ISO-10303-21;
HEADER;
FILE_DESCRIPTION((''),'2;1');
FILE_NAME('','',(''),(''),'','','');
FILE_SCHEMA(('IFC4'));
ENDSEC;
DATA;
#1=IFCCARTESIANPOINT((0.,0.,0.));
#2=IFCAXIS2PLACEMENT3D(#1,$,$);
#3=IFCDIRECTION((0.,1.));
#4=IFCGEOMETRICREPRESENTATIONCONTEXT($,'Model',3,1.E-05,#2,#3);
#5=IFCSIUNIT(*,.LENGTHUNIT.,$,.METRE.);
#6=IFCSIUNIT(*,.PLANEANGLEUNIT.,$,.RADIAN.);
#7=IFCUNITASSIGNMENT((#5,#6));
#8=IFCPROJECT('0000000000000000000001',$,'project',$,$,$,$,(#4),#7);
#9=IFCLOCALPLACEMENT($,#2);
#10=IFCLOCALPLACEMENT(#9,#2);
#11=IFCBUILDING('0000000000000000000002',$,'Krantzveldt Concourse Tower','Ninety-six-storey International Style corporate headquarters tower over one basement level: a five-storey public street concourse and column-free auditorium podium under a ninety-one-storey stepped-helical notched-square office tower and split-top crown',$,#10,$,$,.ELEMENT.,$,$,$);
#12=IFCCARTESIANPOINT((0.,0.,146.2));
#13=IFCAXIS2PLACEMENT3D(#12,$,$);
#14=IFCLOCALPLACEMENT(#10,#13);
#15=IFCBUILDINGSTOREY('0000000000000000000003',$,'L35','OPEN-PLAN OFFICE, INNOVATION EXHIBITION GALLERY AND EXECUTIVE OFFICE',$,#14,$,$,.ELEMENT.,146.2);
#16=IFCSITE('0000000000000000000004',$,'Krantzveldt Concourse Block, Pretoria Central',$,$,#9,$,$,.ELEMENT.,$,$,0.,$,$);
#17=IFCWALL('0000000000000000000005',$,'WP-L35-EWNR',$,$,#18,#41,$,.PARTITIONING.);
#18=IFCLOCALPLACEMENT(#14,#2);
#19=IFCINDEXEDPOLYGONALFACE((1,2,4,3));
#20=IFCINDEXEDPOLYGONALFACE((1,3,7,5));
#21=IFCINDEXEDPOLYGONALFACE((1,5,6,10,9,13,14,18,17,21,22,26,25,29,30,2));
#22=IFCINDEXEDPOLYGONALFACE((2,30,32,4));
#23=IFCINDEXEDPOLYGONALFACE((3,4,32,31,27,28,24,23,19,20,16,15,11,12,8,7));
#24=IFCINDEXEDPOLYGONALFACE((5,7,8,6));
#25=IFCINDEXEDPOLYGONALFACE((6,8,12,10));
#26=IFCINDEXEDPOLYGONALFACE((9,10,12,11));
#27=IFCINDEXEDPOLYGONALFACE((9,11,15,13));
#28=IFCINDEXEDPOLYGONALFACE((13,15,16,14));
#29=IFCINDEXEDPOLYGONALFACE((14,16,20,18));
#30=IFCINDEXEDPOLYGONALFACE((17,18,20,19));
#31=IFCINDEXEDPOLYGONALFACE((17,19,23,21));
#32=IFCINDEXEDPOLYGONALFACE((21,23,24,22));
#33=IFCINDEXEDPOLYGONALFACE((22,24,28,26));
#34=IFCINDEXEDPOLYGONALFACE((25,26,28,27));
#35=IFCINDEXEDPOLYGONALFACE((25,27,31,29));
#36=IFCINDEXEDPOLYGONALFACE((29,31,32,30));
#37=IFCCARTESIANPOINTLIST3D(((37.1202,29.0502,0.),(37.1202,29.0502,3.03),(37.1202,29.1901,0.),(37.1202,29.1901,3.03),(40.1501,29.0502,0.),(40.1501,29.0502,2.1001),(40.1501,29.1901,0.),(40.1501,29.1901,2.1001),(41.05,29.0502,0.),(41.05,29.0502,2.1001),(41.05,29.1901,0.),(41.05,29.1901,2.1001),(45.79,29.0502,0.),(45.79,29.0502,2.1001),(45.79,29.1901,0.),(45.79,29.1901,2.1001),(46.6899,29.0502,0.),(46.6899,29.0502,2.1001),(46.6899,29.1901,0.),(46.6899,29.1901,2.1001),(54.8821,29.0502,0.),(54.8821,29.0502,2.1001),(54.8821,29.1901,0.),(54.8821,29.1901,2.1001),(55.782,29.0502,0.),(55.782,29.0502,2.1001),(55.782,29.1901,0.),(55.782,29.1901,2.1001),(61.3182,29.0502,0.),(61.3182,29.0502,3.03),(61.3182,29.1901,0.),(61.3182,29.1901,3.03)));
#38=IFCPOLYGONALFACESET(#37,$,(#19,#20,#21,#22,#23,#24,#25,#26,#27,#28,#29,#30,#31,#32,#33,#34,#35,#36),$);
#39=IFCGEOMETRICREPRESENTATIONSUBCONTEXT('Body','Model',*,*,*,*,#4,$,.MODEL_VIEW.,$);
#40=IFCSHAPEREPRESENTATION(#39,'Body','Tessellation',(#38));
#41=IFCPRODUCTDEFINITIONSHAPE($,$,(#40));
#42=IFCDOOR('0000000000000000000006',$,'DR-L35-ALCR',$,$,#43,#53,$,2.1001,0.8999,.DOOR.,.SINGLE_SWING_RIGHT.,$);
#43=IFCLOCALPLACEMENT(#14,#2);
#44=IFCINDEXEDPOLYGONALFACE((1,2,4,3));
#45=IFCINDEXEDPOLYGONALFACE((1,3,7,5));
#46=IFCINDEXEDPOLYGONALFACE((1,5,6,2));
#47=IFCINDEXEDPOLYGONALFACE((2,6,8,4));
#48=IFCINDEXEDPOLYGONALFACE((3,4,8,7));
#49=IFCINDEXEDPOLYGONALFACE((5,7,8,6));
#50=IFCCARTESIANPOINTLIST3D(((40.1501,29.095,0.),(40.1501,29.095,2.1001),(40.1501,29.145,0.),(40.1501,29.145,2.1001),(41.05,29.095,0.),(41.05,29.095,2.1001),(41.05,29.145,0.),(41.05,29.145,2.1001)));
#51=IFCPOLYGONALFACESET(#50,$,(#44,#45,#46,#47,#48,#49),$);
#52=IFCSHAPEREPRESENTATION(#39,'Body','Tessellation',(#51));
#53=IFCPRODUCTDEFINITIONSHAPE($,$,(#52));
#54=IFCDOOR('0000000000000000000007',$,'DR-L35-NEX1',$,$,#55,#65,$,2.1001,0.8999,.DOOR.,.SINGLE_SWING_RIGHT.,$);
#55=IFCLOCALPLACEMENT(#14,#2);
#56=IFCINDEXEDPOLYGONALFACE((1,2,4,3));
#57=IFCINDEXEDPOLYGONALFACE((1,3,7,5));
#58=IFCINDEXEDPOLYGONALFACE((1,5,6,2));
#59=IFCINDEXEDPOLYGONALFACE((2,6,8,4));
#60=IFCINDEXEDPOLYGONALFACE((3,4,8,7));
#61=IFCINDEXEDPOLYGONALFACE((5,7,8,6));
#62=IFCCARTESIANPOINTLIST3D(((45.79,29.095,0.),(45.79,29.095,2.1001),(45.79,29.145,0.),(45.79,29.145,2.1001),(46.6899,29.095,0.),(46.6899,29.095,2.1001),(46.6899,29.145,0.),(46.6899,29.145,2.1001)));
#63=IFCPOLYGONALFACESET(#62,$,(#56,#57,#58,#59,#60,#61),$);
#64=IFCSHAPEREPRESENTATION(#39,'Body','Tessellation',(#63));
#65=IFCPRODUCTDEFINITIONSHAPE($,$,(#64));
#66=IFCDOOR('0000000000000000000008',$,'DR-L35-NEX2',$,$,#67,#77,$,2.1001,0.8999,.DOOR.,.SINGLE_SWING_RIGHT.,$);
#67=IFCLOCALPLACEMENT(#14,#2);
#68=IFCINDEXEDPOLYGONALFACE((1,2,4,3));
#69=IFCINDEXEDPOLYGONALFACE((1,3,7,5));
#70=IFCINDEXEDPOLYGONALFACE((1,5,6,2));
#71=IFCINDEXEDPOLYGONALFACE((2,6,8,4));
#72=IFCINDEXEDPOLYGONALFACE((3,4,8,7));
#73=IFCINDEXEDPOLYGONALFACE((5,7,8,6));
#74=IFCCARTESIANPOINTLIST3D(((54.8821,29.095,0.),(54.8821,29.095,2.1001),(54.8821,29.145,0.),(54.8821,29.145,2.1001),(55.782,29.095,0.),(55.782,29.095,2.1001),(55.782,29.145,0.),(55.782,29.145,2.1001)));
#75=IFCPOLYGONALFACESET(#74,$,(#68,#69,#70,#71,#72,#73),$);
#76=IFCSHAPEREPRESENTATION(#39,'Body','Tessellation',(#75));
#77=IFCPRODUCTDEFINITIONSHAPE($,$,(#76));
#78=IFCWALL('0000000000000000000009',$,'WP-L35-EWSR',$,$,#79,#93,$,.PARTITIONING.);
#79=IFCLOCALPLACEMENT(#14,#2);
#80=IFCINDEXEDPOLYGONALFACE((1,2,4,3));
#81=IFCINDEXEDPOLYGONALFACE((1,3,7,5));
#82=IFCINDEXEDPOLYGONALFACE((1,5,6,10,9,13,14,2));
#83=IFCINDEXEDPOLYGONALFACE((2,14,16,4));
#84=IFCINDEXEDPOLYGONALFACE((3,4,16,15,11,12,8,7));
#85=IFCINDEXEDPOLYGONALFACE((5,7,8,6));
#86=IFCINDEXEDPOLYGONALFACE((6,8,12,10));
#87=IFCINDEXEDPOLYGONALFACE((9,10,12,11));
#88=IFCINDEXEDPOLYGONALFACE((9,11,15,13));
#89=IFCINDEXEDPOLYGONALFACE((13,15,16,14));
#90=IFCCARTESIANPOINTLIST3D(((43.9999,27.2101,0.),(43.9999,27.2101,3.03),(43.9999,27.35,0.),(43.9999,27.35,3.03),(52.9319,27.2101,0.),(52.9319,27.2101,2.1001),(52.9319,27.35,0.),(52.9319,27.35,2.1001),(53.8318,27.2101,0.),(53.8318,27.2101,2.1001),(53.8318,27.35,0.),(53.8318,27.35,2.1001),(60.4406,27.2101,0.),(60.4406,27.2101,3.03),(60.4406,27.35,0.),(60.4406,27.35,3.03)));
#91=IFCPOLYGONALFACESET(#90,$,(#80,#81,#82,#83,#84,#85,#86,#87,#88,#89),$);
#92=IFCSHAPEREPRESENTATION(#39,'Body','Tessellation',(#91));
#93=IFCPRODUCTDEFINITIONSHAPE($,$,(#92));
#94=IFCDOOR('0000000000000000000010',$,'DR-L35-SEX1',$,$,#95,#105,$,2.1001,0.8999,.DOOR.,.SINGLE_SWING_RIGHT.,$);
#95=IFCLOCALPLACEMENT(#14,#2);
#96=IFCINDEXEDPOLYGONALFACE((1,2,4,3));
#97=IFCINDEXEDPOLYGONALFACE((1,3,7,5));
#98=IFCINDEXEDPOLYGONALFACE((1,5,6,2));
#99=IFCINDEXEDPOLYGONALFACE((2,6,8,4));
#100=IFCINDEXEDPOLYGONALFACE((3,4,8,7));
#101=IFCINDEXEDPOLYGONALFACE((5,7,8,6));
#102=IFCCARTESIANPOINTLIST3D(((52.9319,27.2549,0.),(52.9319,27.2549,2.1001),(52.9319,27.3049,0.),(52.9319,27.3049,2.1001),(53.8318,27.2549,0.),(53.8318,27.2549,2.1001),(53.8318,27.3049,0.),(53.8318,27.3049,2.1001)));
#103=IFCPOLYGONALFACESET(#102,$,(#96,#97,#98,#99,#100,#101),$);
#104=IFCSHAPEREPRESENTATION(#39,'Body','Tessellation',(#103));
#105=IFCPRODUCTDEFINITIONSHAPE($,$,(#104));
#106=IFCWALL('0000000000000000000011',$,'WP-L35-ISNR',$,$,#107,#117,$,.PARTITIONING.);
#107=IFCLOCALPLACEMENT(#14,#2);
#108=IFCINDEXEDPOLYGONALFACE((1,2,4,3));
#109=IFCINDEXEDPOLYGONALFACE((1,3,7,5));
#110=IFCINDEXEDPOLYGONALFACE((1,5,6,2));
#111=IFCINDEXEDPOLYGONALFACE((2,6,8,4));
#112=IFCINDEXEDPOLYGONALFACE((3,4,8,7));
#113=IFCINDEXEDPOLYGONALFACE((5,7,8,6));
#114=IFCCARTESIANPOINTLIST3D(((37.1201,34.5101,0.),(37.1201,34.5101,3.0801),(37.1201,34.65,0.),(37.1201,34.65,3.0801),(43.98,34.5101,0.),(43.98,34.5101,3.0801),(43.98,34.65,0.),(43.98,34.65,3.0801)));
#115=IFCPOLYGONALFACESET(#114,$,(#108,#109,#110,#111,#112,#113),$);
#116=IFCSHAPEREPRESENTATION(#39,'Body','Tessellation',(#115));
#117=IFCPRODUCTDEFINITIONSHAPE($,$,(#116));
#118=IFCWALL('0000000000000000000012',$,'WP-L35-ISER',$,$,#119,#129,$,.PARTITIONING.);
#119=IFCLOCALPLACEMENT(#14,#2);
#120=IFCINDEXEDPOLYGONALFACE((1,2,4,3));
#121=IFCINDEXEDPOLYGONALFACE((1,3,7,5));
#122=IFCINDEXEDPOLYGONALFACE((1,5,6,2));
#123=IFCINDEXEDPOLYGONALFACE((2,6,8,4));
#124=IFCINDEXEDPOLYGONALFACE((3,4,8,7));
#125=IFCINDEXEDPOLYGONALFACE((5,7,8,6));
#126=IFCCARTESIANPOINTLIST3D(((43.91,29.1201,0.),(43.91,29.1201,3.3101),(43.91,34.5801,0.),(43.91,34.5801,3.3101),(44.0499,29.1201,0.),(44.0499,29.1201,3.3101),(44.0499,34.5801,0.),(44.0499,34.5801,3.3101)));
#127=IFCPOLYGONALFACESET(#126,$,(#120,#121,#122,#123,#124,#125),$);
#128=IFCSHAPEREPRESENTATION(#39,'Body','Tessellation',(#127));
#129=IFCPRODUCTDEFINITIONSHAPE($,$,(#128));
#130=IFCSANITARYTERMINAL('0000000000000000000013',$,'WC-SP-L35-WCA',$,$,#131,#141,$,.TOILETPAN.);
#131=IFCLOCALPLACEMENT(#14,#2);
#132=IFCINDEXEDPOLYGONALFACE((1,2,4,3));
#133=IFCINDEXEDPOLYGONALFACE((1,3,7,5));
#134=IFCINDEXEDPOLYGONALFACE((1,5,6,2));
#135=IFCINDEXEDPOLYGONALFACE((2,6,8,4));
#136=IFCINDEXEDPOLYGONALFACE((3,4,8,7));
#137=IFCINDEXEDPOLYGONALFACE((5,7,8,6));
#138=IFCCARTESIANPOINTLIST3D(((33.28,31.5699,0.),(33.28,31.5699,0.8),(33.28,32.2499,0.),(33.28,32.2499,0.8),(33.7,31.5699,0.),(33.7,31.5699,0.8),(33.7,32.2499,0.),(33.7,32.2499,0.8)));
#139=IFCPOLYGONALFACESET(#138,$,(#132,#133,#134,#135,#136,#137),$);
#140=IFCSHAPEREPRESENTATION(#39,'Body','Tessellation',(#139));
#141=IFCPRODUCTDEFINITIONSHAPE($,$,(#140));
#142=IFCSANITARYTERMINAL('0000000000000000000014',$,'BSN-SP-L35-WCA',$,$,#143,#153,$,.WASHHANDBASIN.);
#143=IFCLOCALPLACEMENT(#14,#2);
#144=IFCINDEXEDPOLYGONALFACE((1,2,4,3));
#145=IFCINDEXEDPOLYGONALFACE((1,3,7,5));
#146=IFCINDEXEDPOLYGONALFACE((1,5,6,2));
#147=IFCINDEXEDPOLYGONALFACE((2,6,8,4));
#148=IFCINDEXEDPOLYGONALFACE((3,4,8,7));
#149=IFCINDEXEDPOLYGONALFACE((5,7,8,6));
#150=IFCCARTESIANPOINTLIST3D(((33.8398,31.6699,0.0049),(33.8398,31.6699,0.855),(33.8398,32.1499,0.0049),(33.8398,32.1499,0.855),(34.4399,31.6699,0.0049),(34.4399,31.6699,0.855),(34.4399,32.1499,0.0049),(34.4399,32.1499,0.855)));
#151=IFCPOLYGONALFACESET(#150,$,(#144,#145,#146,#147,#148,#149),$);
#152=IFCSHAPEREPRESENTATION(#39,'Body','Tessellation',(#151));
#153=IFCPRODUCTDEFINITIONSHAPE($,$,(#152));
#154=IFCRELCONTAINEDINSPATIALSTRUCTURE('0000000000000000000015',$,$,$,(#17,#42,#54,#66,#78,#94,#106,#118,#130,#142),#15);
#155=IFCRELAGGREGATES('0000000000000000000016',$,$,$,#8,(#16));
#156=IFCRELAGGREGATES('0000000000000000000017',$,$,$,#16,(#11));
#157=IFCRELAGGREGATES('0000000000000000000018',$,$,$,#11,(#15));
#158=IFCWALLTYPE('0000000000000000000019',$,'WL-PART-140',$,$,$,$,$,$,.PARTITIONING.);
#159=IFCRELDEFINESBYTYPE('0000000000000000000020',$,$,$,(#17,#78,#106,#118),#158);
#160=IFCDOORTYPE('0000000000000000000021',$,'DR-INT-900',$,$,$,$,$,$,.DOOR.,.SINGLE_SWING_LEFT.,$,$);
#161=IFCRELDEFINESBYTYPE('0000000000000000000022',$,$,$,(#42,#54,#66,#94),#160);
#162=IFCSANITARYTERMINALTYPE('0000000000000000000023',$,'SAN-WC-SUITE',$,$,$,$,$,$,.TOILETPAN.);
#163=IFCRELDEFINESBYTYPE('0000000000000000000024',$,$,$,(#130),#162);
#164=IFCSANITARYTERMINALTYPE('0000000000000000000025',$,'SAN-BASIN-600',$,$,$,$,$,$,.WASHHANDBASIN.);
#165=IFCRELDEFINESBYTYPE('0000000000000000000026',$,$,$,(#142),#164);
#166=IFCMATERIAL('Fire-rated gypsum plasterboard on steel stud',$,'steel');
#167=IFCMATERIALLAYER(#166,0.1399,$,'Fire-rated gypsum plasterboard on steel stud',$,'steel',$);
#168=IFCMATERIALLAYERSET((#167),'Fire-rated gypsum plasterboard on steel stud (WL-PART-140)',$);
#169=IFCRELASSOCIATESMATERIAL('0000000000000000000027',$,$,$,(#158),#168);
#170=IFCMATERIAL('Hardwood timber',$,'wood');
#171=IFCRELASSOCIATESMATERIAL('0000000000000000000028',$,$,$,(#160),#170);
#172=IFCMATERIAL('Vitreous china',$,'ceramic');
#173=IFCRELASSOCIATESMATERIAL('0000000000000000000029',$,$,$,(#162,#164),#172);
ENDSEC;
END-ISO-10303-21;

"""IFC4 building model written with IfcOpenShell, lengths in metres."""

from ifc_helpers import new_model, si_unit, direction, frame, frame_2d, origin, origin_2d, place, context, subcontext, project, spatial, rectangle, extrude, source, transform, mapped, material, layer, layer_set, type_object, type_shapes, element, fill, save


model = new_model("IFC4")

# Units and contexts
model_context = context("Model", 3, precision=1e-05, world=origin(), true_north=direction((0.0, 1.0)))
body_context = subcontext(model_context, "Body", "Model", "MODEL_VIEW")
ifc_project = project(units=[si_unit("LENGTHUNIT", "METRE"), si_unit("PLANEANGLEUNIT", "RADIAN")], contexts=[model_context])

# Site, building, storey
site_placement = place(None, origin())
site = spatial("IfcSite", under=ifc_project, at=site_placement, Name="Krantzveldt Concourse Block, Pretoria Central", CompositionType="ELEMENT", RefElevation=0.0)
building_placement = place(site_placement, origin())
building = spatial("IfcBuilding", under=site, at=building_placement, Name="Krantzveldt Concourse Tower", Description="Ninety-six-storey International Style corporate headquarters tower over one basement level: a five-storey public street concourse and column-free auditorium podium under a ninety-one-storey stepped-helical notched-square office tower and split-top crown", CompositionType="ELEMENT")
storey_placement = place(building_placement, frame((0.0, 0.0, 146.2)))
storey = spatial("IfcBuildingStorey", under=building, at=storey_placement, Name="L35", Description="OPEN-PLAN OFFICE, INNOVATION EXHIBITION GALLERY AND EXECUTIVE OFFICE", CompositionType="ELEMENT", Elevation=146.2)

# Shared definitions
ifc_material_1 = material(Name="Fire-rated gypsum plasterboard on steel stud", Category="steel")

# Wall, openings, doors
ifc_layer_1 = layer(ifc_material_1, 0.1399, Name="Fire-rated gypsum plasterboard on steel stud", Category="steel")
ifc_layer_set_1 = layer_set([ifc_layer_1], Name="Fire-rated gypsum plasterboard on steel stud (WL-PART-140)")
wall_type_1 = type_object("IfcWallType", Name="WL-PART-140", PredefinedType="PARTITIONING", material=ifc_layer_set_1)
ifc_material_2 = material(Name="Hardwood timber", Category="wood")
door_type_1 = type_object("IfcDoorType", Name="DR-INT-900", OperationType="SINGLE_SWING_LEFT", PredefinedType="DOOR", material=ifc_material_2)
wall_1_placement = place(storey_placement, frame((37.1201, 29.1201, 0.0), z_axis=(0.0, 0.0, 1.0), x_axis=(1.0, 0.0, 0.0)))
wall_1 = element("IfcWall", 1, at=wall_1_placement, inside=storey, type_object=wall_type_1, Name="WP-L35-EWNR", PredefinedType="PARTITIONING", context=body_context, shape_type="SweptSolid", body=[
    extrude(rectangle(XDim=24.198, YDim=0.1399, at=frame_2d((12.0991, 0.0))), origin(), (0.0, 0.0, 1.0), 3.03),
])
opening_1_placement = place(wall_1_placement, frame((3.03, 0.0, 0.0)))
opening_1 = element("IfcOpeningElement", 2, at=opening_1_placement, cuts=wall_1, PredefinedType="OPENING", context=body_context, shape_type="SweptSolid", body=[
    extrude(rectangle(XDim=0.8999, YDim=2.1001, at=frame_2d((0.45, 1.05))), frame((0.0, 0.0801, 0.0), z_axis=(0.0, -1.0, 0.0), x_axis=(1.0, 0.0, 0.0)), (0.0, 0.0, 1.0), 0.1599),
])
opening_2_placement = place(wall_1_placement, frame((8.6699, 0.0, 0.0)))
opening_2 = element("IfcOpeningElement", 3, at=opening_2_placement, cuts=wall_1, PredefinedType="OPENING", context=body_context, shape_type="SweptSolid", body=[
    extrude(rectangle(XDim=0.8999, YDim=2.1001, at=frame_2d((0.45, 1.05))), frame((0.0, 0.0801, 0.0), z_axis=(0.0, -1.0, 0.0), x_axis=(1.0, 0.0, 0.0)), (0.0, 0.0, 1.0), 0.1599),
])
opening_3_placement = place(wall_1_placement, frame((17.762, 0.0, 0.0)))
opening_3 = element("IfcOpeningElement", 4, at=opening_3_placement, cuts=wall_1, PredefinedType="OPENING", context=body_context, shape_type="SweptSolid", body=[
    extrude(rectangle(XDim=0.8999, YDim=2.1001, at=frame_2d((0.45, 1.05))), frame((0.0, 0.0801, 0.0), z_axis=(0.0, -1.0, 0.0), x_axis=(1.0, 0.0, 0.0)), (0.0, 0.0, 1.0), 0.1599),
])
door_1_placement = place(opening_1_placement, origin())
door_1 = element("IfcDoor", 5, at=door_1_placement, inside=storey, type_object=door_type_1, Name="DR-L35-ALCR", OperationType="SINGLE_SWING_RIGHT", OverallHeight=2.1001, OverallWidth=0.8999, PredefinedType="DOOR", context=body_context, shape_type="SweptSolid", body=[
    extrude(rectangle(XDim=0.8999, YDim=2.1001, at=frame_2d((0.45, 1.05))), frame((0.0, 0.0249, 0.0), z_axis=(0.0, -1.0, 0.0), x_axis=(1.0, 0.0, 0.0)), (0.0, 0.0, 1.0), 0.05),
])
fill(opening_1, door_1)
door_2_placement = place(opening_2_placement, origin())
door_2 = element("IfcDoor", 6, at=door_2_placement, inside=storey, type_object=door_type_1, Name="DR-L35-NEX1", OperationType="SINGLE_SWING_RIGHT", OverallHeight=2.1001, OverallWidth=0.8999, PredefinedType="DOOR", context=body_context, shape_type="SweptSolid", body=[
    extrude(rectangle(XDim=0.8999, YDim=2.1001, at=frame_2d((0.45, 1.05))), frame((0.0, 0.0249, 0.0), z_axis=(0.0, -1.0, 0.0), x_axis=(1.0, 0.0, 0.0)), (0.0, 0.0, 1.0), 0.05),
])
fill(opening_2, door_2)
door_3_placement = place(opening_3_placement, origin())
door_3 = element("IfcDoor", 7, at=door_3_placement, inside=storey, type_object=door_type_1, Name="DR-L35-NEX2", OperationType="SINGLE_SWING_RIGHT", OverallHeight=2.1001, OverallWidth=0.8999, PredefinedType="DOOR", context=body_context, shape_type="SweptSolid", body=[
    extrude(rectangle(XDim=0.8999, YDim=2.1001, at=frame_2d((0.45, 1.05))), frame((0.0, 0.0249, 0.0), z_axis=(0.0, -1.0, 0.0), x_axis=(1.0, 0.0, 0.0)), (0.0, 0.0, 1.0), 0.05),
])
fill(opening_3, door_3)

# Wall, opening, door
wall_2_placement = place(storey_placement, frame((44.0, 27.28, 0.0), z_axis=(0.0, 0.0, 1.0), x_axis=(1.0, 0.0, 0.0)))
wall_2 = element("IfcWall", 8, at=wall_2_placement, inside=storey, type_object=wall_type_1, Name="WP-L35-EWSR", PredefinedType="PARTITIONING", context=body_context, shape_type="SweptSolid", body=[
    extrude(rectangle(XDim=16.4407, YDim=0.1399, at=frame_2d((8.2202, 0.0))), origin(), (0.0, 0.0, 1.0), 3.03),
])
opening_4_placement = place(wall_2_placement, frame((8.9319, 0.0, 0.0)))
opening_4 = element("IfcOpeningElement", 9, at=opening_4_placement, cuts=wall_2, PredefinedType="OPENING", context=body_context, shape_type="SweptSolid", body=[
    extrude(rectangle(XDim=0.8999, YDim=2.1001, at=frame_2d((0.45, 1.05))), frame((0.0, 0.0801, 0.0), z_axis=(0.0, -1.0, 0.0), x_axis=(1.0, 0.0, 0.0)), (0.0, 0.0, 1.0), 0.1599),
])
door_4_placement = place(opening_4_placement, origin())
door_4 = element("IfcDoor", 10, at=door_4_placement, inside=storey, type_object=door_type_1, Name="DR-L35-SEX1", OperationType="SINGLE_SWING_RIGHT", OverallHeight=2.1001, OverallWidth=0.8999, PredefinedType="DOOR", context=body_context, shape_type="SweptSolid", body=[
    extrude(rectangle(XDim=0.8999, YDim=2.1001, at=frame_2d((0.45, 1.05))), frame((0.0, 0.0249, 0.0), z_axis=(0.0, -1.0, 0.0), x_axis=(1.0, 0.0, 0.0)), (0.0, 0.0, 1.0), 0.05),
])
fill(opening_4, door_4)

# Walls
wall_3_placement = place(storey_placement, frame((37.1201, 34.5801, 0.0), z_axis=(0.0, 0.0, 1.0), x_axis=(1.0, 0.0, 0.0)))
element("IfcWall", 11, at=wall_3_placement, inside=storey, type_object=wall_type_1, Name="WP-L35-ISNR", PredefinedType="PARTITIONING", context=body_context, shape_type="SweptSolid", body=[
    extrude(rectangle(XDim=6.8599, YDim=0.1399, at=frame_2d((3.4299, 0.0))), origin(), (0.0, 0.0, 1.0), 3.0801),
])
wall_4_placement = place(storey_placement, frame((43.98, 29.1201, 0.0), z_axis=(0.0, 0.0, 1.0), x_axis=(0.0, 1.0, 0.0)))
element("IfcWall", 12, at=wall_4_placement, inside=storey, type_object=wall_type_1, Name="WP-L35-ISER", PredefinedType="PARTITIONING", context=body_context, shape_type="SweptSolid", body=[
    extrude(rectangle(XDim=5.46, YDim=0.1399, at=frame_2d((2.73, 0.0))), origin(), (0.0, 0.0, 1.0), 3.3101),
])

# Sanitary terminals
ifc_material_3 = material(Name="Vitreous china", Category="ceramic")
sanitary_terminal_type_1 = type_object("IfcSanitaryTerminalType", Name="SAN-WC-SUITE", PredefinedType="TOILETPAN", material=ifc_material_3)
shared_shape_1 = source(origin(), body_context, "Body", "SweptSolid", [
    extrude(rectangle(XDim=0.4199, YDim=0.6799, at=origin_2d()), origin(), (0.0, 0.0, 1.0), 0.8),
])
type_shapes(sanitary_terminal_type_1, [shared_shape_1])
sanitary_terminal_1_placement = place(storey_placement, frame((33.49, 31.9099, 0.0), z_axis=(0.0, 0.0, 1.0), x_axis=(1.0, 0.0, 0.0)))
element("IfcSanitaryTerminal", 13, at=sanitary_terminal_1_placement, inside=storey, type_object=sanitary_terminal_type_1, Name="WC-SP-L35-WCA", PredefinedType="TOILETPAN", context=body_context, shape_type="MappedRepresentation", body=[
    mapped(shared_shape_1, transform((0.0, 0.0, 0.0), x_axis=(1.0, 0.0, 0.0), y_axis=(0.0, 1.0, 0.0), z_axis=(0.0, 0.0, 1.0), scale=1.0)),
])
sanitary_terminal_type_2 = type_object("IfcSanitaryTerminalType", Name="SAN-BASIN-600", PredefinedType="WASHHANDBASIN", material=ifc_material_3)
shared_shape_2 = source(origin(), body_context, "Body", "SweptSolid", [
    extrude(rectangle(XDim=0.6001, YDim=0.48, at=origin_2d()), origin(), (0.0, 0.0, 1.0), 0.8501),
])
type_shapes(sanitary_terminal_type_2, [shared_shape_2])
sanitary_terminal_2_placement = place(storey_placement, frame((34.1399, 31.9099, 0.0049), z_axis=(0.0, 0.0, 1.0), x_axis=(1.0, 0.0, 0.0)))
element("IfcSanitaryTerminal", 14, at=sanitary_terminal_2_placement, inside=storey, type_object=sanitary_terminal_type_2, Name="BSN-SP-L35-WCA", PredefinedType="WASHHANDBASIN", context=body_context, shape_type="MappedRepresentation", body=[
    mapped(shared_shape_2, transform((0.0, 0.0, 0.0), x_axis=(1.0, 0.0, 0.0), y_axis=(0.0, 1.0, 0.0), z_axis=(0.0, 0.0, 1.0), scale=1.0)),
])

save(model, "model.ifc")
